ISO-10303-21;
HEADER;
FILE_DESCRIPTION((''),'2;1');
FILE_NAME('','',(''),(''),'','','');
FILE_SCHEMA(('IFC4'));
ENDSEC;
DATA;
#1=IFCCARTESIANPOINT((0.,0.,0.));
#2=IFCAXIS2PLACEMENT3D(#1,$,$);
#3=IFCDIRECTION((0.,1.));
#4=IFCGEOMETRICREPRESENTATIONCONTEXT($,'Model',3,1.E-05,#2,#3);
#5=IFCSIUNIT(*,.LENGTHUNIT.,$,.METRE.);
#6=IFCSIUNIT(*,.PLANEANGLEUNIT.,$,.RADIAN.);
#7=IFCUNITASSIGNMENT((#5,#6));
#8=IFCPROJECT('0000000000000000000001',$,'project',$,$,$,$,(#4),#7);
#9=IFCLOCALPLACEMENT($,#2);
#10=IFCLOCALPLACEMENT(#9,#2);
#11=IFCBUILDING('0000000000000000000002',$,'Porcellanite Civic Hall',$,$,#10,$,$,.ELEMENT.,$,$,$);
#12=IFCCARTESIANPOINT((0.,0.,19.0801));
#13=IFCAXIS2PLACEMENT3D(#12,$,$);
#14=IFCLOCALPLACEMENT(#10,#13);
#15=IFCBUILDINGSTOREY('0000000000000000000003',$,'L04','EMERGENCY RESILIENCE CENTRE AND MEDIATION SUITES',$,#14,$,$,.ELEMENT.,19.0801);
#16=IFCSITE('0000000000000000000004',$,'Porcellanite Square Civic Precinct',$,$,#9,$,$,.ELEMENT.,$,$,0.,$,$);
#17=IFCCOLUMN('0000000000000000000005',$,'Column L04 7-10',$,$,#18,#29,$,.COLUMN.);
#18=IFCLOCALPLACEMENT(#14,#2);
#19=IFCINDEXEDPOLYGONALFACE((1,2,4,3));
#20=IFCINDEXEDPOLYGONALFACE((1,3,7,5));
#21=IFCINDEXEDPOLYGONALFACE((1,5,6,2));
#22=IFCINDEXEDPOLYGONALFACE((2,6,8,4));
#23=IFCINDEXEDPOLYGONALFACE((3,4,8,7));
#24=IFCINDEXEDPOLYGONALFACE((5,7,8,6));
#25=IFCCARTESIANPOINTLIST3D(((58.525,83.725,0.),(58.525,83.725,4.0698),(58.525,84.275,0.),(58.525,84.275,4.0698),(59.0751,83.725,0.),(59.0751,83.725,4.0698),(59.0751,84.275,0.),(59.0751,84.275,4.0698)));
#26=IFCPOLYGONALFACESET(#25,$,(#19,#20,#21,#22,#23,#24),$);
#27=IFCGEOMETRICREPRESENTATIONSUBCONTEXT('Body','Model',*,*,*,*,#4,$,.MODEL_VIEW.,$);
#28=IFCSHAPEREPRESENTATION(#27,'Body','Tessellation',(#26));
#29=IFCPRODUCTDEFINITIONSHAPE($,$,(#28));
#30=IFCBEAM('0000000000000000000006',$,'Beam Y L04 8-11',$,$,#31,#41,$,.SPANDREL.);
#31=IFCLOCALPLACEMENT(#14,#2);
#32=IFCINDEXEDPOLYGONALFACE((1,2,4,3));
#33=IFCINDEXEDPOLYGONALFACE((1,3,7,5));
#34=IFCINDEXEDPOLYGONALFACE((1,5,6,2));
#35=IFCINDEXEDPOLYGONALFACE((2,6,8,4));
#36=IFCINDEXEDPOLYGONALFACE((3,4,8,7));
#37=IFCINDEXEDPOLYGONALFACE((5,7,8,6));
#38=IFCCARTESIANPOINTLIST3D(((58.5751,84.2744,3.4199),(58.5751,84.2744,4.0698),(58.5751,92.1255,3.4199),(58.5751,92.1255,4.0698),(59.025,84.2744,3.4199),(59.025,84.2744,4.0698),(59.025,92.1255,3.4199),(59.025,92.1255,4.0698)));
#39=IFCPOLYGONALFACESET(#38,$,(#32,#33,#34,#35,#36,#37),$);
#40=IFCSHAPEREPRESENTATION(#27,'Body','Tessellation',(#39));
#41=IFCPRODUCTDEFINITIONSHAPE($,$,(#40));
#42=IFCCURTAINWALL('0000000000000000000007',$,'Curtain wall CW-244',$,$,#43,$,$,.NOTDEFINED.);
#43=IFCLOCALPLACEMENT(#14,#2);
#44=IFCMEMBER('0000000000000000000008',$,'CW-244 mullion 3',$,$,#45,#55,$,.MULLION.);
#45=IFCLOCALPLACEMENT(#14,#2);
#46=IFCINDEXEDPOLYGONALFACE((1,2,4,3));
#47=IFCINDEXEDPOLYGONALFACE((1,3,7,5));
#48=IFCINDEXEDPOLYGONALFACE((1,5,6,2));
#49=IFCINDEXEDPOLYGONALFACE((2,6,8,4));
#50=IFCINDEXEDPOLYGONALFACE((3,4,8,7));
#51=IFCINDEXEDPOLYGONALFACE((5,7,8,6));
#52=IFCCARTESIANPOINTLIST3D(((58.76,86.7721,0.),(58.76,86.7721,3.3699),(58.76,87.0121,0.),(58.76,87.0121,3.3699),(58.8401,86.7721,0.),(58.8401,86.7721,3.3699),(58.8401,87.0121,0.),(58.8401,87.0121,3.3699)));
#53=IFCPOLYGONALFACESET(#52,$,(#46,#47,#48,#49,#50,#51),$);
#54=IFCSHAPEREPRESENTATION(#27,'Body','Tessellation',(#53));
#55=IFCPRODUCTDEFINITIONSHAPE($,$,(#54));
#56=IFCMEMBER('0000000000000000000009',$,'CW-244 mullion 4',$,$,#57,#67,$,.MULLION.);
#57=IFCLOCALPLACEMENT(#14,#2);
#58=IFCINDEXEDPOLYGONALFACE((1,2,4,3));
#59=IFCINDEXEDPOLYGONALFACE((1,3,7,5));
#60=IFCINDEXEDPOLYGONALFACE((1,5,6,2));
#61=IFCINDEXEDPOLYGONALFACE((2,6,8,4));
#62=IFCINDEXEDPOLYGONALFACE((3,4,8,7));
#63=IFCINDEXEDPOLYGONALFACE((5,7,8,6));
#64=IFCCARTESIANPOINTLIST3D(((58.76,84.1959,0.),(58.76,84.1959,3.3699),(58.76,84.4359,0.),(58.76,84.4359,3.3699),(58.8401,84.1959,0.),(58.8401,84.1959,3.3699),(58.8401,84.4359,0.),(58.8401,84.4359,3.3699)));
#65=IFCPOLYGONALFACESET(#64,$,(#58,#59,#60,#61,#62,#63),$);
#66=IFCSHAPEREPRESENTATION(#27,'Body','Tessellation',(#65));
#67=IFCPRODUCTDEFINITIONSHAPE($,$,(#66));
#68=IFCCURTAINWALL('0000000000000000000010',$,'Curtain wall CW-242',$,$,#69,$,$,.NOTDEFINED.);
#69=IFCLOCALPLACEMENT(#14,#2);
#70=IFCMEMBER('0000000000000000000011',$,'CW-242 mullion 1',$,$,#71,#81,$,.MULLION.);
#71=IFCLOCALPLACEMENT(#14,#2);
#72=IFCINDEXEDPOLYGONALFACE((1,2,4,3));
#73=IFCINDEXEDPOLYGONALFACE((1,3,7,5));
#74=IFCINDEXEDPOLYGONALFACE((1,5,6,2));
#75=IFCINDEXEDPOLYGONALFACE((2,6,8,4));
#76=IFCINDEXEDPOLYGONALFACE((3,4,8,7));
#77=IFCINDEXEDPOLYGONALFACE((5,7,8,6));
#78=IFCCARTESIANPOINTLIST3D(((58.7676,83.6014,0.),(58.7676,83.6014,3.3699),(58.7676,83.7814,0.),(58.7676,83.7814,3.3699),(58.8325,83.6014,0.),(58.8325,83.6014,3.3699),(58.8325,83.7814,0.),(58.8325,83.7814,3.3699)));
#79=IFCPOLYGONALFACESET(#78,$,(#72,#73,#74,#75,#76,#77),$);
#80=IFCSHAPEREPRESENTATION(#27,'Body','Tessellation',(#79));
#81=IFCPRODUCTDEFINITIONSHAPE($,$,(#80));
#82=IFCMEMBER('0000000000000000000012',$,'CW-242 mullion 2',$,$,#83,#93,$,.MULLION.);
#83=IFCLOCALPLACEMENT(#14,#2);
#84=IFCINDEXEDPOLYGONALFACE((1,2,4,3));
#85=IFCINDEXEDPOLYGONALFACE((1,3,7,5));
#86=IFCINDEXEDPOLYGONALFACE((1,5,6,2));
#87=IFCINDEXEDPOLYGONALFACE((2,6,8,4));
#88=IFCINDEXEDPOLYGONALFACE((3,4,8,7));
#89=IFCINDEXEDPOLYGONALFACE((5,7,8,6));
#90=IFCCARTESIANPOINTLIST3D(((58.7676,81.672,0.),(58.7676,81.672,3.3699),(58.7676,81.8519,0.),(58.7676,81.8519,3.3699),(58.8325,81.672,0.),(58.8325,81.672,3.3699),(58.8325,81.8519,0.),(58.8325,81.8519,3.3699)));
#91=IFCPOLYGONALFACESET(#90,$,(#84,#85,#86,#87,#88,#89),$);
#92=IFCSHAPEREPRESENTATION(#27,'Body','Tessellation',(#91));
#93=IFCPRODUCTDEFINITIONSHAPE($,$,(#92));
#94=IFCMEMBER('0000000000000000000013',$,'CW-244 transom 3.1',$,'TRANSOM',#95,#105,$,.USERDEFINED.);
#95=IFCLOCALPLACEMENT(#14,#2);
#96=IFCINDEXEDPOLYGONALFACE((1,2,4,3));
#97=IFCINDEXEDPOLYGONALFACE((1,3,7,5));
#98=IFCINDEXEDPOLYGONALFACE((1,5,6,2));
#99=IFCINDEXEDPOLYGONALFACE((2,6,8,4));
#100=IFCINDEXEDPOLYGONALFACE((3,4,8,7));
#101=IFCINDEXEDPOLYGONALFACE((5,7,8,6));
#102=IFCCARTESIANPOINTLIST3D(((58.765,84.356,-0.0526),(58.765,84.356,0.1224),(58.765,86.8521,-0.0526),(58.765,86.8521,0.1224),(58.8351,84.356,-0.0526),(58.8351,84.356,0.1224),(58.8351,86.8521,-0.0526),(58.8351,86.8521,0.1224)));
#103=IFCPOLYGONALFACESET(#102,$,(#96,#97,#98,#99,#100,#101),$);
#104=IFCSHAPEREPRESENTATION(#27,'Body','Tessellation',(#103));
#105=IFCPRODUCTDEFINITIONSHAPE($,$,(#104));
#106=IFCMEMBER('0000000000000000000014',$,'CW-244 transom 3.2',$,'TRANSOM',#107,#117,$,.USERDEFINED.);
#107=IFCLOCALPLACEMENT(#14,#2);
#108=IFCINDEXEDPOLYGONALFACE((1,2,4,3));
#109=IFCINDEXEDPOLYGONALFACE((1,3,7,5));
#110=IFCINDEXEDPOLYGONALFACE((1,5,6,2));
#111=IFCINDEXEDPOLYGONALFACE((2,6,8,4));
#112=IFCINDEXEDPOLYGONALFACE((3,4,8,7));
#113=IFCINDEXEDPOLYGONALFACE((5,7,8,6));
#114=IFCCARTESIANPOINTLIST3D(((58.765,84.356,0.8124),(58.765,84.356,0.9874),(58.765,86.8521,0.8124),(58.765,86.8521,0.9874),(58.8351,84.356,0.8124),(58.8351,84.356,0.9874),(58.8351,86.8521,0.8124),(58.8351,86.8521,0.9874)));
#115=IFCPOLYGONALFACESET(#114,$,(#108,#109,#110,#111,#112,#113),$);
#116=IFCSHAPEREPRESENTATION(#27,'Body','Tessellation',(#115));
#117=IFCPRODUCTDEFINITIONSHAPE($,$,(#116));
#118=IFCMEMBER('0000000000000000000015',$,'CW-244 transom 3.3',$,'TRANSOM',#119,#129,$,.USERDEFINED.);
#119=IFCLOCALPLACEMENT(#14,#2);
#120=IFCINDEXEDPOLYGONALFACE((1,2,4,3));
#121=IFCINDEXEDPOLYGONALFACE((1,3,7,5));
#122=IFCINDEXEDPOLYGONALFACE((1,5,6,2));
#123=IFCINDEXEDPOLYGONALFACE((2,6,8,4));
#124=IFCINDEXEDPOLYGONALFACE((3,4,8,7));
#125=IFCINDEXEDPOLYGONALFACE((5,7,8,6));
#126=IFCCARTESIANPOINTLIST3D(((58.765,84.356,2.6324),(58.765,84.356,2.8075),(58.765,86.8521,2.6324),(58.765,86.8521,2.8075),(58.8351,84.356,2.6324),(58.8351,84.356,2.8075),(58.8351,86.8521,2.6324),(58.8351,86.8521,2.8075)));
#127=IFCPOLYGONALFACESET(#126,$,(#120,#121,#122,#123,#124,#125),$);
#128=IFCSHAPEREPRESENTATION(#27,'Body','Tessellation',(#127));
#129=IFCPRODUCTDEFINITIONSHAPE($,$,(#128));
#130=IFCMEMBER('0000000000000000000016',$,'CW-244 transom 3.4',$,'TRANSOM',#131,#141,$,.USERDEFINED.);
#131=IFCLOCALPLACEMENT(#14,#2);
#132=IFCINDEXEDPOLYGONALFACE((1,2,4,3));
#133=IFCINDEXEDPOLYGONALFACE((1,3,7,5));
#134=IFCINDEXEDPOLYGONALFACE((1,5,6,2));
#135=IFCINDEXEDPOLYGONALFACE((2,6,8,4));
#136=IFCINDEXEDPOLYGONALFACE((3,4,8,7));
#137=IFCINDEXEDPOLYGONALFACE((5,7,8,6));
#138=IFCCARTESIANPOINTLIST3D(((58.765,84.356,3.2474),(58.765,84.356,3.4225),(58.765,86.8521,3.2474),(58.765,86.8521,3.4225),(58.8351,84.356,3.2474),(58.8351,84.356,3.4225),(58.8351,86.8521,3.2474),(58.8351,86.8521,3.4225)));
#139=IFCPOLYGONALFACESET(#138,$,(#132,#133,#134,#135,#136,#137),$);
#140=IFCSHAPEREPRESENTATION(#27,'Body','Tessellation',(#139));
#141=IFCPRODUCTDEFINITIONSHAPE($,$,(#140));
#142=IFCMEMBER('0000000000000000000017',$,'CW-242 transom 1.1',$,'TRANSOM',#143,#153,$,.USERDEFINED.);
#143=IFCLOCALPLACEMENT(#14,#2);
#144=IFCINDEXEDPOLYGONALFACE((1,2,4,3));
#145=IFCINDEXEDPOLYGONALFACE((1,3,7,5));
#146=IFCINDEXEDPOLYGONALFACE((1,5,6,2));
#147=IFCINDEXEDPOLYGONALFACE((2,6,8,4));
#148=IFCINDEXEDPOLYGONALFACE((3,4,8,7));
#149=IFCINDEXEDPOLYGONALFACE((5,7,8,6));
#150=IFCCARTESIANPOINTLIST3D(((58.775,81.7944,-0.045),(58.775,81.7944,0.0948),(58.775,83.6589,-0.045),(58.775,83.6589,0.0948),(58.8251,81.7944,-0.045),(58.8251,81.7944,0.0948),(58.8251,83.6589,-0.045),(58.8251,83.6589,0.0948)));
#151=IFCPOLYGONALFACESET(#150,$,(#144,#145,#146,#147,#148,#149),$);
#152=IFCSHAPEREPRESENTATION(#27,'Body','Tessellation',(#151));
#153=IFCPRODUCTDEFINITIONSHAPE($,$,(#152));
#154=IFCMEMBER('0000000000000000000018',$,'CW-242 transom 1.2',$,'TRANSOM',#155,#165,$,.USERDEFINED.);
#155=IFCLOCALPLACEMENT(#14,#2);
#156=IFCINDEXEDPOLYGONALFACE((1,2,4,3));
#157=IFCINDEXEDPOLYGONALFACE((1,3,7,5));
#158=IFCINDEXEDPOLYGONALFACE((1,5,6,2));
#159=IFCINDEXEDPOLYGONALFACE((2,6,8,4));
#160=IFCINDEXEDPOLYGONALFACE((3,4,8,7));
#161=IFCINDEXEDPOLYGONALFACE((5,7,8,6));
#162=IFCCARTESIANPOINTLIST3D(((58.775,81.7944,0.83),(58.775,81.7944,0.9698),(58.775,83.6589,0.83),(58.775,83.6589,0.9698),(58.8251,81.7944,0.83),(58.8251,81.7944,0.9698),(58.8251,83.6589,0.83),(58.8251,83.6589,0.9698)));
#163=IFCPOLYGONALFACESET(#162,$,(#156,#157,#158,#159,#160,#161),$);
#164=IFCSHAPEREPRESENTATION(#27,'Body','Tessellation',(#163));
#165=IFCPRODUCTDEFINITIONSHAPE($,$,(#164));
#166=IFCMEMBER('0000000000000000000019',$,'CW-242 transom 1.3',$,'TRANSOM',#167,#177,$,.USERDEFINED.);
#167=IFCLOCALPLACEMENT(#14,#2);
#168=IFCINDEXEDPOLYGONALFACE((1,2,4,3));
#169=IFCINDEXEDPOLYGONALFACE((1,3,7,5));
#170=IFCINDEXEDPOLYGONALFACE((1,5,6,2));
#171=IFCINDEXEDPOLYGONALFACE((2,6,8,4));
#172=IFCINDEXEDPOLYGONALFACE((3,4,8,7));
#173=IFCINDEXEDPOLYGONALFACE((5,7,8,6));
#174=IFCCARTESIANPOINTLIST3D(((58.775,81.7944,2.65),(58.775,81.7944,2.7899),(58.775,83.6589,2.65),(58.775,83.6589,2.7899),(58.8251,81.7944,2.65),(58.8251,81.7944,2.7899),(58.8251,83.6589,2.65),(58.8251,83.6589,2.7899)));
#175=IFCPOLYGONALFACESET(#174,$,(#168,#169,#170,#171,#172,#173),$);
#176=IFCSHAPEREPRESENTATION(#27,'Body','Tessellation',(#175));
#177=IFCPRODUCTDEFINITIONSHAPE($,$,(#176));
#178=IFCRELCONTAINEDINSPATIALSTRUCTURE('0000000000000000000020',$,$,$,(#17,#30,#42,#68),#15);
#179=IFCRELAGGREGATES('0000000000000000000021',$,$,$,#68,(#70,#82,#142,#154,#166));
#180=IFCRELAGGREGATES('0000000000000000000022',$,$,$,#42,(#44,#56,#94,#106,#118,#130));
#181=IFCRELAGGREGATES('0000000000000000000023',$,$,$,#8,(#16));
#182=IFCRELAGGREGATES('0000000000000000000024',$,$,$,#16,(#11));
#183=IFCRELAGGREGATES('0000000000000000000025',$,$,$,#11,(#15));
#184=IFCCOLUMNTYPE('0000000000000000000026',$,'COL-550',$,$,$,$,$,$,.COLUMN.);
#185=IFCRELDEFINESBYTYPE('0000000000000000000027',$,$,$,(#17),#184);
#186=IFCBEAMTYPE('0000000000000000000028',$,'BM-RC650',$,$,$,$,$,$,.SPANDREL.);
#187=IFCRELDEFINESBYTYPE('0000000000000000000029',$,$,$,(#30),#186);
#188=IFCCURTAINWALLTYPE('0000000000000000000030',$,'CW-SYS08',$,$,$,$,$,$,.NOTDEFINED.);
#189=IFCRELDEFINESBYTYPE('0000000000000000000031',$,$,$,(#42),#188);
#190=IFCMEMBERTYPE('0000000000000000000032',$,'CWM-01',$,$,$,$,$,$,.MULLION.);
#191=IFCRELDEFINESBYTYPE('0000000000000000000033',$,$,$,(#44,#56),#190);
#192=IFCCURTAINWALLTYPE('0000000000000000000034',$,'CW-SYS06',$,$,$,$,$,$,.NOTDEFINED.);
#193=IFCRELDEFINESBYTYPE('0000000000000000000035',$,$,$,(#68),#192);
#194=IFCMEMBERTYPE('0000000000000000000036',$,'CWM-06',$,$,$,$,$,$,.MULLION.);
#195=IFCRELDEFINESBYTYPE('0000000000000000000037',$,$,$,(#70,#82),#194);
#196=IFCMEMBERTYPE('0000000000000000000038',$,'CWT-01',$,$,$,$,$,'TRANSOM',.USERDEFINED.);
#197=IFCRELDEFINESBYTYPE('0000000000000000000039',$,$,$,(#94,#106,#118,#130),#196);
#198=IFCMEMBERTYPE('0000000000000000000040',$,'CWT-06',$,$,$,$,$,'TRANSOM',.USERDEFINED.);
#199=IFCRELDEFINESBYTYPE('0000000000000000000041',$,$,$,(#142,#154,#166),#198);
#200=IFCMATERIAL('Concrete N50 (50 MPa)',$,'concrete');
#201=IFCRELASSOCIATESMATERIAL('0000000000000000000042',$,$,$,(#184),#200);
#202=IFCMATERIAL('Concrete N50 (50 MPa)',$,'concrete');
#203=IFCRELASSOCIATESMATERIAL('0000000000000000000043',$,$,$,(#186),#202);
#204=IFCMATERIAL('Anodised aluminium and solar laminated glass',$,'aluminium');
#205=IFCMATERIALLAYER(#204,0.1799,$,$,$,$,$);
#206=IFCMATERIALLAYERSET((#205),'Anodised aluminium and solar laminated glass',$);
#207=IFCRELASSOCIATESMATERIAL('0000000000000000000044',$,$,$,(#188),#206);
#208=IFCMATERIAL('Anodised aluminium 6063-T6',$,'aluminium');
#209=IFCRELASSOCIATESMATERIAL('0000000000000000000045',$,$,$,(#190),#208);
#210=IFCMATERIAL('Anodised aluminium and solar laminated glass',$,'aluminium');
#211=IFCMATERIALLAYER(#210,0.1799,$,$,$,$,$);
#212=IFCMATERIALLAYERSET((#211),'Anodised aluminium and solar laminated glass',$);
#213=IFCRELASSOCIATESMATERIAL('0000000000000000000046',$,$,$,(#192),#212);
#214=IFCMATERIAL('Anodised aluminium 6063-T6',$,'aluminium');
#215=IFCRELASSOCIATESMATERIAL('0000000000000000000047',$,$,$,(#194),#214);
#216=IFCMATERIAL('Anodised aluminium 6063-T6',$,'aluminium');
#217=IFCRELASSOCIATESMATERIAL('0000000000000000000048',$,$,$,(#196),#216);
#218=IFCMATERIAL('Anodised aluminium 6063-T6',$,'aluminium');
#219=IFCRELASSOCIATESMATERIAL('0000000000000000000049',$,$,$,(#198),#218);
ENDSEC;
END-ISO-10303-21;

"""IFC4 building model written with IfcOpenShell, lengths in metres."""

from ifc_helpers import new_model, si_unit, direction, frame, origin, origin_2d, place, context, subcontext, project, spatial, rectangle, extrude, material, layer, layer_set, material_profile, profile_set, type_object, element, aggregate, save


model = new_model("IFC4")

# Units and contexts
model_context = context("Model", 3, precision=1e-05, world=origin(), true_north=direction((0.0, 1.0)))
body_context = subcontext(model_context, "Body", "Model", "MODEL_VIEW")
ifc_project = project(units=[si_unit("LENGTHUNIT", "METRE"), si_unit("PLANEANGLEUNIT", "RADIAN")], contexts=[model_context])

# Site, building, storey
site_placement = place(None, origin())
site = spatial("IfcSite", under=ifc_project, at=site_placement, Name="Porcellanite Square Civic Precinct", CompositionType="ELEMENT", RefElevation=0.0)
building_placement = place(site_placement, origin())
building = spatial("IfcBuilding", under=site, at=building_placement, Name="Porcellanite Civic Hall", CompositionType="ELEMENT")
storey_placement = place(building_placement, frame((0.0, 0.0, 19.0801)))
storey = spatial("IfcBuildingStorey", under=building, at=storey_placement, Name="L04", Description="EMERGENCY RESILIENCE CENTRE AND MEDIATION SUITES", CompositionType="ELEMENT", Elevation=19.0801)

# Column
ifc_material_1 = material(Name="Concrete N50 (50 MPa)", Category="concrete")
ifc_material_profile_1 = material_profile(ifc_material_1, rectangle(XDim=0.55, YDim=0.55, at=origin_2d()), Name="RC-550x550")
ifc_profile_set_1 = profile_set([ifc_material_profile_1], Name="Concrete N50 (50 MPa)")
column_type = type_object("IfcColumnType", Name="COL-550", PredefinedType="COLUMN", material=ifc_profile_set_1)
column_placement = place(storey_placement, frame((58.8, 84.0, 0.0), z_axis=(0.0, 0.0, 1.0), x_axis=(1.0, 0.0, 0.0)))
element("IfcColumn", 1, at=column_placement, inside=storey, type_object=column_type, Name="Column L04 7-10", PredefinedType="COLUMN", context=body_context, shape_type="SweptSolid", body=[
    extrude(rectangle(XDim=0.55, YDim=0.55, at=origin_2d()), origin(), (0.0, 0.0, 1.0), 4.0698),
])

# Beam
ifc_material_2 = material(Name="Concrete N50 (50 MPa)", Category="concrete")
ifc_material_profile_2 = material_profile(ifc_material_2, rectangle(XDim=0.45, YDim=0.6499, at=origin_2d()), Name="RC-450x650")
ifc_profile_set_2 = profile_set([ifc_material_profile_2], Name="Concrete N50 (50 MPa)")
beam_type_1 = type_object("IfcBeamType", Name="BM-RC650", PredefinedType="SPANDREL", material=ifc_profile_set_2)
beam_1_placement = place(storey_placement, frame((58.8, 84.2744, 3.7449), z_axis=(0.0, 1.0, 0.0), x_axis=(-1.0, 0.0, 0.0)))
element("IfcBeam", 2, at=beam_1_placement, inside=storey, type_object=beam_type_1, Name="Beam Y L04 8-11", PredefinedType="SPANDREL", context=body_context, shape_type="SweptSolid", body=[
    extrude(rectangle(XDim=0.45, YDim=0.6499, at=origin_2d()), origin(), (0.0, 0.0, 1.0), 7.8511),
])

# Curtain walls, members
ifc_material_3 = material(Name="Anodised aluminium and solar laminated glass", Category="aluminium")
ifc_layer_1 = layer(ifc_material_3, 0.1799)
ifc_layer_set_1 = layer_set([ifc_layer_1], Name="Anodised aluminium and solar laminated glass")
curtain_wall_type_1 = type_object("IfcCurtainWallType", Name="CW-SYS08", PredefinedType="NOTDEFINED", material=ifc_layer_set_1)
curtain_wall_1_placement = place(storey_placement, origin())
curtain_wall_1 = element("IfcCurtainWall", 3, at=curtain_wall_1_placement, inside=storey, type_object=curtain_wall_type_1, Name="Curtain wall CW-244", PredefinedType="NOTDEFINED")
ifc_material_4 = material(Name="Anodised aluminium 6063-T6", Category="aluminium")
ifc_material_profile_3 = material_profile(ifc_material_4, rectangle(XDim=0.0801, YDim=0.24, at=origin_2d()), Name="AL-80x240")
ifc_profile_set_3 = profile_set([ifc_material_profile_3], Name="Anodised aluminium 6063-T6")
member_type_1 = type_object("IfcMemberType", Name="CWM-01", PredefinedType="MULLION", material=ifc_profile_set_3)
member_1_placement = place(storey_placement, frame((58.8, 86.8921, 0.0), z_axis=(0.0, 0.0, 1.0), x_axis=(1.0, 0.0, 0.0)))
member_1 = element("IfcMember", 4, at=member_1_placement, type_object=member_type_1, Name="CW-244 mullion 3", PredefinedType="MULLION", context=body_context, shape_type="SweptSolid", body=[
    extrude(rectangle(XDim=0.0801, YDim=0.24, at=origin_2d()), origin(), (0.0, 0.0, 1.0), 3.3699),
])
member_2_placement = place(storey_placement, frame((58.8, 84.3159, 0.0), z_axis=(0.0, 0.0, 1.0), x_axis=(1.0, 0.0, 0.0)))
member_2 = element("IfcMember", 5, at=member_2_placement, type_object=member_type_1, Name="CW-244 mullion 4", PredefinedType="MULLION", context=body_context, shape_type="SweptSolid", body=[
    extrude(rectangle(XDim=0.0801, YDim=0.24, at=origin_2d()), origin(), (0.0, 0.0, 1.0), 3.3699),
])
ifc_material_5 = material(Name="Anodised aluminium and solar laminated glass", Category="aluminium")
ifc_layer_2 = layer(ifc_material_5, 0.1799)
ifc_layer_set_2 = layer_set([ifc_layer_2], Name="Anodised aluminium and solar laminated glass")
curtain_wall_type_2 = type_object("IfcCurtainWallType", Name="CW-SYS06", PredefinedType="NOTDEFINED", material=ifc_layer_set_2)
curtain_wall_2_placement = place(storey_placement, origin())
curtain_wall_2 = element("IfcCurtainWall", 6, at=curtain_wall_2_placement, inside=storey, type_object=curtain_wall_type_2, Name="Curtain wall CW-242", PredefinedType="NOTDEFINED")
ifc_material_6 = material(Name="Anodised aluminium 6063-T6", Category="aluminium")
ifc_material_profile_4 = material_profile(ifc_material_6, rectangle(XDim=0.0649, YDim=0.1799, at=origin_2d()), Name="AL-65x180")
ifc_profile_set_4 = profile_set([ifc_material_profile_4], Name="Anodised aluminium 6063-T6")
member_type_2 = type_object("IfcMemberType", Name="CWM-06", PredefinedType="MULLION", material=ifc_profile_set_4)
member_3_placement = place(storey_placement, frame((58.8, 83.6914, 0.0), z_axis=(0.0, 0.0, 1.0), x_axis=(1.0, 0.0, 0.0)))
member_3 = element("IfcMember", 7, at=member_3_placement, type_object=member_type_2, Name="CW-242 mullion 1", PredefinedType="MULLION", context=body_context, shape_type="SweptSolid", body=[
    extrude(rectangle(XDim=0.0649, YDim=0.1799, at=origin_2d()), origin(), (0.0, 0.0, 1.0), 3.3699),
])
member_4_placement = place(storey_placement, frame((58.8, 81.762, 0.0), z_axis=(0.0, 0.0, 1.0), x_axis=(1.0, 0.0, 0.0)))
member_4 = element("IfcMember", 8, at=member_4_placement, type_object=member_type_2, Name="CW-242 mullion 2", PredefinedType="MULLION", context=body_context, shape_type="SweptSolid", body=[
    extrude(rectangle(XDim=0.0649, YDim=0.1799, at=origin_2d()), origin(), (0.0, 0.0, 1.0), 3.3699),
])

# Members
ifc_material_7 = material(Name="Anodised aluminium 6063-T6", Category="aluminium")
ifc_material_profile_5 = material_profile(ifc_material_7, rectangle(XDim=0.0701, YDim=0.175, at=origin_2d()), Name="AL-70x175")
ifc_profile_set_5 = profile_set([ifc_material_profile_5], Name="Anodised aluminium 6063-T6")
member_type_3 = type_object("IfcMemberType", Name="CWT-01", ElementType="TRANSOM", PredefinedType="USERDEFINED", material=ifc_profile_set_5)
member_5_placement = place(storey_placement, frame((58.8, 86.8521, 0.0349), z_axis=(0.0, -1.0, 0.0), x_axis=(1.0, 0.0, 0.0)))
member_5 = element("IfcMember", 9, at=member_5_placement, type_object=member_type_3, Name="CW-244 transom 3.1", ObjectType="TRANSOM", PredefinedType="USERDEFINED", context=body_context, shape_type="SweptSolid", body=[
    extrude(rectangle(XDim=0.0701, YDim=0.175, at=origin_2d()), origin(), (0.0, 0.0, 1.0), 2.4961),
])
member_6_placement = place(storey_placement, frame((58.8, 86.8521, 0.8999), z_axis=(0.0, -1.0, 0.0), x_axis=(1.0, 0.0, 0.0)))
member_6 = element("IfcMember", 10, at=member_6_placement, type_object=member_type_3, Name="CW-244 transom 3.2", ObjectType="TRANSOM", PredefinedType="USERDEFINED", context=body_context, shape_type="SweptSolid", body=[
    extrude(rectangle(XDim=0.0701, YDim=0.175, at=origin_2d()), origin(), (0.0, 0.0, 1.0), 2.4961),
])
member_7_placement = place(storey_placement, frame((58.8, 86.8521, 2.72), z_axis=(0.0, -1.0, 0.0), x_axis=(1.0, 0.0, 0.0)))
member_7 = element("IfcMember", 11, at=member_7_placement, type_object=member_type_3, Name="CW-244 transom 3.3", ObjectType="TRANSOM", PredefinedType="USERDEFINED", context=body_context, shape_type="SweptSolid", body=[
    extrude(rectangle(XDim=0.0701, YDim=0.175, at=origin_2d()), origin(), (0.0, 0.0, 1.0), 2.4961),
])
member_8_placement = place(storey_placement, frame((58.8, 86.8521, 3.335), z_axis=(0.0, -1.0, 0.0), x_axis=(1.0, 0.0, 0.0)))
member_8 = element("IfcMember", 12, at=member_8_placement, type_object=member_type_3, Name="CW-244 transom 3.4", ObjectType="TRANSOM", PredefinedType="USERDEFINED", context=body_context, shape_type="SweptSolid", body=[
    extrude(rectangle(XDim=0.0701, YDim=0.175, at=origin_2d()), origin(), (0.0, 0.0, 1.0), 2.4961),
])
ifc_material_8 = material(Name="Anodised aluminium 6063-T6", Category="aluminium")
ifc_material_profile_6 = material_profile(ifc_material_8, rectangle(XDim=0.05, YDim=0.1399, at=origin_2d()), Name="AL-50x140")
ifc_profile_set_6 = profile_set([ifc_material_profile_6], Name="Anodised aluminium 6063-T6")
member_type_4 = type_object("IfcMemberType", Name="CWT-06", ElementType="TRANSOM", PredefinedType="USERDEFINED", material=ifc_profile_set_6)
member_9_placement = place(storey_placement, frame((58.8, 83.6589, 0.0249), z_axis=(0.0, -1.0, 0.0), x_axis=(1.0, 0.0, 0.0)))
member_9 = element("IfcMember", 13, at=member_9_placement, type_object=member_type_4, Name="CW-242 transom 1.1", ObjectType="TRANSOM", PredefinedType="USERDEFINED", context=body_context, shape_type="SweptSolid", body=[
    extrude(rectangle(XDim=0.05, YDim=0.1399, at=origin_2d()), origin(), (0.0, 0.0, 1.0), 1.8645),
])
member_10_placement = place(storey_placement, frame((58.8, 83.6589, 0.8999), z_axis=(0.0, -1.0, 0.0), x_axis=(1.0, 0.0, 0.0)))
member_10 = element("IfcMember", 14, at=member_10_placement, type_object=member_type_4, Name="CW-242 transom 1.2", ObjectType="TRANSOM", PredefinedType="USERDEFINED", context=body_context, shape_type="SweptSolid", body=[
    extrude(rectangle(XDim=0.05, YDim=0.1399, at=origin_2d()), origin(), (0.0, 0.0, 1.0), 1.8645),
])
member_11_placement = place(storey_placement, frame((58.8, 83.6589, 2.72), z_axis=(0.0, -1.0, 0.0), x_axis=(1.0, 0.0, 0.0)))
member_11 = element("IfcMember", 15, at=member_11_placement, type_object=member_type_4, Name="CW-242 transom 1.3", ObjectType="TRANSOM", PredefinedType="USERDEFINED", context=body_context, shape_type="SweptSolid", body=[
    extrude(rectangle(XDim=0.05, YDim=0.1399, at=origin_2d()), origin(), (0.0, 0.0, 1.0), 1.8645),
])

aggregate(curtain_wall_2, [member_3, member_4, member_9, member_10, member_11])
aggregate(curtain_wall_1, [member_1, member_2, member_5, member_6, member_7, member_8])

save(model, "model.ifc")
